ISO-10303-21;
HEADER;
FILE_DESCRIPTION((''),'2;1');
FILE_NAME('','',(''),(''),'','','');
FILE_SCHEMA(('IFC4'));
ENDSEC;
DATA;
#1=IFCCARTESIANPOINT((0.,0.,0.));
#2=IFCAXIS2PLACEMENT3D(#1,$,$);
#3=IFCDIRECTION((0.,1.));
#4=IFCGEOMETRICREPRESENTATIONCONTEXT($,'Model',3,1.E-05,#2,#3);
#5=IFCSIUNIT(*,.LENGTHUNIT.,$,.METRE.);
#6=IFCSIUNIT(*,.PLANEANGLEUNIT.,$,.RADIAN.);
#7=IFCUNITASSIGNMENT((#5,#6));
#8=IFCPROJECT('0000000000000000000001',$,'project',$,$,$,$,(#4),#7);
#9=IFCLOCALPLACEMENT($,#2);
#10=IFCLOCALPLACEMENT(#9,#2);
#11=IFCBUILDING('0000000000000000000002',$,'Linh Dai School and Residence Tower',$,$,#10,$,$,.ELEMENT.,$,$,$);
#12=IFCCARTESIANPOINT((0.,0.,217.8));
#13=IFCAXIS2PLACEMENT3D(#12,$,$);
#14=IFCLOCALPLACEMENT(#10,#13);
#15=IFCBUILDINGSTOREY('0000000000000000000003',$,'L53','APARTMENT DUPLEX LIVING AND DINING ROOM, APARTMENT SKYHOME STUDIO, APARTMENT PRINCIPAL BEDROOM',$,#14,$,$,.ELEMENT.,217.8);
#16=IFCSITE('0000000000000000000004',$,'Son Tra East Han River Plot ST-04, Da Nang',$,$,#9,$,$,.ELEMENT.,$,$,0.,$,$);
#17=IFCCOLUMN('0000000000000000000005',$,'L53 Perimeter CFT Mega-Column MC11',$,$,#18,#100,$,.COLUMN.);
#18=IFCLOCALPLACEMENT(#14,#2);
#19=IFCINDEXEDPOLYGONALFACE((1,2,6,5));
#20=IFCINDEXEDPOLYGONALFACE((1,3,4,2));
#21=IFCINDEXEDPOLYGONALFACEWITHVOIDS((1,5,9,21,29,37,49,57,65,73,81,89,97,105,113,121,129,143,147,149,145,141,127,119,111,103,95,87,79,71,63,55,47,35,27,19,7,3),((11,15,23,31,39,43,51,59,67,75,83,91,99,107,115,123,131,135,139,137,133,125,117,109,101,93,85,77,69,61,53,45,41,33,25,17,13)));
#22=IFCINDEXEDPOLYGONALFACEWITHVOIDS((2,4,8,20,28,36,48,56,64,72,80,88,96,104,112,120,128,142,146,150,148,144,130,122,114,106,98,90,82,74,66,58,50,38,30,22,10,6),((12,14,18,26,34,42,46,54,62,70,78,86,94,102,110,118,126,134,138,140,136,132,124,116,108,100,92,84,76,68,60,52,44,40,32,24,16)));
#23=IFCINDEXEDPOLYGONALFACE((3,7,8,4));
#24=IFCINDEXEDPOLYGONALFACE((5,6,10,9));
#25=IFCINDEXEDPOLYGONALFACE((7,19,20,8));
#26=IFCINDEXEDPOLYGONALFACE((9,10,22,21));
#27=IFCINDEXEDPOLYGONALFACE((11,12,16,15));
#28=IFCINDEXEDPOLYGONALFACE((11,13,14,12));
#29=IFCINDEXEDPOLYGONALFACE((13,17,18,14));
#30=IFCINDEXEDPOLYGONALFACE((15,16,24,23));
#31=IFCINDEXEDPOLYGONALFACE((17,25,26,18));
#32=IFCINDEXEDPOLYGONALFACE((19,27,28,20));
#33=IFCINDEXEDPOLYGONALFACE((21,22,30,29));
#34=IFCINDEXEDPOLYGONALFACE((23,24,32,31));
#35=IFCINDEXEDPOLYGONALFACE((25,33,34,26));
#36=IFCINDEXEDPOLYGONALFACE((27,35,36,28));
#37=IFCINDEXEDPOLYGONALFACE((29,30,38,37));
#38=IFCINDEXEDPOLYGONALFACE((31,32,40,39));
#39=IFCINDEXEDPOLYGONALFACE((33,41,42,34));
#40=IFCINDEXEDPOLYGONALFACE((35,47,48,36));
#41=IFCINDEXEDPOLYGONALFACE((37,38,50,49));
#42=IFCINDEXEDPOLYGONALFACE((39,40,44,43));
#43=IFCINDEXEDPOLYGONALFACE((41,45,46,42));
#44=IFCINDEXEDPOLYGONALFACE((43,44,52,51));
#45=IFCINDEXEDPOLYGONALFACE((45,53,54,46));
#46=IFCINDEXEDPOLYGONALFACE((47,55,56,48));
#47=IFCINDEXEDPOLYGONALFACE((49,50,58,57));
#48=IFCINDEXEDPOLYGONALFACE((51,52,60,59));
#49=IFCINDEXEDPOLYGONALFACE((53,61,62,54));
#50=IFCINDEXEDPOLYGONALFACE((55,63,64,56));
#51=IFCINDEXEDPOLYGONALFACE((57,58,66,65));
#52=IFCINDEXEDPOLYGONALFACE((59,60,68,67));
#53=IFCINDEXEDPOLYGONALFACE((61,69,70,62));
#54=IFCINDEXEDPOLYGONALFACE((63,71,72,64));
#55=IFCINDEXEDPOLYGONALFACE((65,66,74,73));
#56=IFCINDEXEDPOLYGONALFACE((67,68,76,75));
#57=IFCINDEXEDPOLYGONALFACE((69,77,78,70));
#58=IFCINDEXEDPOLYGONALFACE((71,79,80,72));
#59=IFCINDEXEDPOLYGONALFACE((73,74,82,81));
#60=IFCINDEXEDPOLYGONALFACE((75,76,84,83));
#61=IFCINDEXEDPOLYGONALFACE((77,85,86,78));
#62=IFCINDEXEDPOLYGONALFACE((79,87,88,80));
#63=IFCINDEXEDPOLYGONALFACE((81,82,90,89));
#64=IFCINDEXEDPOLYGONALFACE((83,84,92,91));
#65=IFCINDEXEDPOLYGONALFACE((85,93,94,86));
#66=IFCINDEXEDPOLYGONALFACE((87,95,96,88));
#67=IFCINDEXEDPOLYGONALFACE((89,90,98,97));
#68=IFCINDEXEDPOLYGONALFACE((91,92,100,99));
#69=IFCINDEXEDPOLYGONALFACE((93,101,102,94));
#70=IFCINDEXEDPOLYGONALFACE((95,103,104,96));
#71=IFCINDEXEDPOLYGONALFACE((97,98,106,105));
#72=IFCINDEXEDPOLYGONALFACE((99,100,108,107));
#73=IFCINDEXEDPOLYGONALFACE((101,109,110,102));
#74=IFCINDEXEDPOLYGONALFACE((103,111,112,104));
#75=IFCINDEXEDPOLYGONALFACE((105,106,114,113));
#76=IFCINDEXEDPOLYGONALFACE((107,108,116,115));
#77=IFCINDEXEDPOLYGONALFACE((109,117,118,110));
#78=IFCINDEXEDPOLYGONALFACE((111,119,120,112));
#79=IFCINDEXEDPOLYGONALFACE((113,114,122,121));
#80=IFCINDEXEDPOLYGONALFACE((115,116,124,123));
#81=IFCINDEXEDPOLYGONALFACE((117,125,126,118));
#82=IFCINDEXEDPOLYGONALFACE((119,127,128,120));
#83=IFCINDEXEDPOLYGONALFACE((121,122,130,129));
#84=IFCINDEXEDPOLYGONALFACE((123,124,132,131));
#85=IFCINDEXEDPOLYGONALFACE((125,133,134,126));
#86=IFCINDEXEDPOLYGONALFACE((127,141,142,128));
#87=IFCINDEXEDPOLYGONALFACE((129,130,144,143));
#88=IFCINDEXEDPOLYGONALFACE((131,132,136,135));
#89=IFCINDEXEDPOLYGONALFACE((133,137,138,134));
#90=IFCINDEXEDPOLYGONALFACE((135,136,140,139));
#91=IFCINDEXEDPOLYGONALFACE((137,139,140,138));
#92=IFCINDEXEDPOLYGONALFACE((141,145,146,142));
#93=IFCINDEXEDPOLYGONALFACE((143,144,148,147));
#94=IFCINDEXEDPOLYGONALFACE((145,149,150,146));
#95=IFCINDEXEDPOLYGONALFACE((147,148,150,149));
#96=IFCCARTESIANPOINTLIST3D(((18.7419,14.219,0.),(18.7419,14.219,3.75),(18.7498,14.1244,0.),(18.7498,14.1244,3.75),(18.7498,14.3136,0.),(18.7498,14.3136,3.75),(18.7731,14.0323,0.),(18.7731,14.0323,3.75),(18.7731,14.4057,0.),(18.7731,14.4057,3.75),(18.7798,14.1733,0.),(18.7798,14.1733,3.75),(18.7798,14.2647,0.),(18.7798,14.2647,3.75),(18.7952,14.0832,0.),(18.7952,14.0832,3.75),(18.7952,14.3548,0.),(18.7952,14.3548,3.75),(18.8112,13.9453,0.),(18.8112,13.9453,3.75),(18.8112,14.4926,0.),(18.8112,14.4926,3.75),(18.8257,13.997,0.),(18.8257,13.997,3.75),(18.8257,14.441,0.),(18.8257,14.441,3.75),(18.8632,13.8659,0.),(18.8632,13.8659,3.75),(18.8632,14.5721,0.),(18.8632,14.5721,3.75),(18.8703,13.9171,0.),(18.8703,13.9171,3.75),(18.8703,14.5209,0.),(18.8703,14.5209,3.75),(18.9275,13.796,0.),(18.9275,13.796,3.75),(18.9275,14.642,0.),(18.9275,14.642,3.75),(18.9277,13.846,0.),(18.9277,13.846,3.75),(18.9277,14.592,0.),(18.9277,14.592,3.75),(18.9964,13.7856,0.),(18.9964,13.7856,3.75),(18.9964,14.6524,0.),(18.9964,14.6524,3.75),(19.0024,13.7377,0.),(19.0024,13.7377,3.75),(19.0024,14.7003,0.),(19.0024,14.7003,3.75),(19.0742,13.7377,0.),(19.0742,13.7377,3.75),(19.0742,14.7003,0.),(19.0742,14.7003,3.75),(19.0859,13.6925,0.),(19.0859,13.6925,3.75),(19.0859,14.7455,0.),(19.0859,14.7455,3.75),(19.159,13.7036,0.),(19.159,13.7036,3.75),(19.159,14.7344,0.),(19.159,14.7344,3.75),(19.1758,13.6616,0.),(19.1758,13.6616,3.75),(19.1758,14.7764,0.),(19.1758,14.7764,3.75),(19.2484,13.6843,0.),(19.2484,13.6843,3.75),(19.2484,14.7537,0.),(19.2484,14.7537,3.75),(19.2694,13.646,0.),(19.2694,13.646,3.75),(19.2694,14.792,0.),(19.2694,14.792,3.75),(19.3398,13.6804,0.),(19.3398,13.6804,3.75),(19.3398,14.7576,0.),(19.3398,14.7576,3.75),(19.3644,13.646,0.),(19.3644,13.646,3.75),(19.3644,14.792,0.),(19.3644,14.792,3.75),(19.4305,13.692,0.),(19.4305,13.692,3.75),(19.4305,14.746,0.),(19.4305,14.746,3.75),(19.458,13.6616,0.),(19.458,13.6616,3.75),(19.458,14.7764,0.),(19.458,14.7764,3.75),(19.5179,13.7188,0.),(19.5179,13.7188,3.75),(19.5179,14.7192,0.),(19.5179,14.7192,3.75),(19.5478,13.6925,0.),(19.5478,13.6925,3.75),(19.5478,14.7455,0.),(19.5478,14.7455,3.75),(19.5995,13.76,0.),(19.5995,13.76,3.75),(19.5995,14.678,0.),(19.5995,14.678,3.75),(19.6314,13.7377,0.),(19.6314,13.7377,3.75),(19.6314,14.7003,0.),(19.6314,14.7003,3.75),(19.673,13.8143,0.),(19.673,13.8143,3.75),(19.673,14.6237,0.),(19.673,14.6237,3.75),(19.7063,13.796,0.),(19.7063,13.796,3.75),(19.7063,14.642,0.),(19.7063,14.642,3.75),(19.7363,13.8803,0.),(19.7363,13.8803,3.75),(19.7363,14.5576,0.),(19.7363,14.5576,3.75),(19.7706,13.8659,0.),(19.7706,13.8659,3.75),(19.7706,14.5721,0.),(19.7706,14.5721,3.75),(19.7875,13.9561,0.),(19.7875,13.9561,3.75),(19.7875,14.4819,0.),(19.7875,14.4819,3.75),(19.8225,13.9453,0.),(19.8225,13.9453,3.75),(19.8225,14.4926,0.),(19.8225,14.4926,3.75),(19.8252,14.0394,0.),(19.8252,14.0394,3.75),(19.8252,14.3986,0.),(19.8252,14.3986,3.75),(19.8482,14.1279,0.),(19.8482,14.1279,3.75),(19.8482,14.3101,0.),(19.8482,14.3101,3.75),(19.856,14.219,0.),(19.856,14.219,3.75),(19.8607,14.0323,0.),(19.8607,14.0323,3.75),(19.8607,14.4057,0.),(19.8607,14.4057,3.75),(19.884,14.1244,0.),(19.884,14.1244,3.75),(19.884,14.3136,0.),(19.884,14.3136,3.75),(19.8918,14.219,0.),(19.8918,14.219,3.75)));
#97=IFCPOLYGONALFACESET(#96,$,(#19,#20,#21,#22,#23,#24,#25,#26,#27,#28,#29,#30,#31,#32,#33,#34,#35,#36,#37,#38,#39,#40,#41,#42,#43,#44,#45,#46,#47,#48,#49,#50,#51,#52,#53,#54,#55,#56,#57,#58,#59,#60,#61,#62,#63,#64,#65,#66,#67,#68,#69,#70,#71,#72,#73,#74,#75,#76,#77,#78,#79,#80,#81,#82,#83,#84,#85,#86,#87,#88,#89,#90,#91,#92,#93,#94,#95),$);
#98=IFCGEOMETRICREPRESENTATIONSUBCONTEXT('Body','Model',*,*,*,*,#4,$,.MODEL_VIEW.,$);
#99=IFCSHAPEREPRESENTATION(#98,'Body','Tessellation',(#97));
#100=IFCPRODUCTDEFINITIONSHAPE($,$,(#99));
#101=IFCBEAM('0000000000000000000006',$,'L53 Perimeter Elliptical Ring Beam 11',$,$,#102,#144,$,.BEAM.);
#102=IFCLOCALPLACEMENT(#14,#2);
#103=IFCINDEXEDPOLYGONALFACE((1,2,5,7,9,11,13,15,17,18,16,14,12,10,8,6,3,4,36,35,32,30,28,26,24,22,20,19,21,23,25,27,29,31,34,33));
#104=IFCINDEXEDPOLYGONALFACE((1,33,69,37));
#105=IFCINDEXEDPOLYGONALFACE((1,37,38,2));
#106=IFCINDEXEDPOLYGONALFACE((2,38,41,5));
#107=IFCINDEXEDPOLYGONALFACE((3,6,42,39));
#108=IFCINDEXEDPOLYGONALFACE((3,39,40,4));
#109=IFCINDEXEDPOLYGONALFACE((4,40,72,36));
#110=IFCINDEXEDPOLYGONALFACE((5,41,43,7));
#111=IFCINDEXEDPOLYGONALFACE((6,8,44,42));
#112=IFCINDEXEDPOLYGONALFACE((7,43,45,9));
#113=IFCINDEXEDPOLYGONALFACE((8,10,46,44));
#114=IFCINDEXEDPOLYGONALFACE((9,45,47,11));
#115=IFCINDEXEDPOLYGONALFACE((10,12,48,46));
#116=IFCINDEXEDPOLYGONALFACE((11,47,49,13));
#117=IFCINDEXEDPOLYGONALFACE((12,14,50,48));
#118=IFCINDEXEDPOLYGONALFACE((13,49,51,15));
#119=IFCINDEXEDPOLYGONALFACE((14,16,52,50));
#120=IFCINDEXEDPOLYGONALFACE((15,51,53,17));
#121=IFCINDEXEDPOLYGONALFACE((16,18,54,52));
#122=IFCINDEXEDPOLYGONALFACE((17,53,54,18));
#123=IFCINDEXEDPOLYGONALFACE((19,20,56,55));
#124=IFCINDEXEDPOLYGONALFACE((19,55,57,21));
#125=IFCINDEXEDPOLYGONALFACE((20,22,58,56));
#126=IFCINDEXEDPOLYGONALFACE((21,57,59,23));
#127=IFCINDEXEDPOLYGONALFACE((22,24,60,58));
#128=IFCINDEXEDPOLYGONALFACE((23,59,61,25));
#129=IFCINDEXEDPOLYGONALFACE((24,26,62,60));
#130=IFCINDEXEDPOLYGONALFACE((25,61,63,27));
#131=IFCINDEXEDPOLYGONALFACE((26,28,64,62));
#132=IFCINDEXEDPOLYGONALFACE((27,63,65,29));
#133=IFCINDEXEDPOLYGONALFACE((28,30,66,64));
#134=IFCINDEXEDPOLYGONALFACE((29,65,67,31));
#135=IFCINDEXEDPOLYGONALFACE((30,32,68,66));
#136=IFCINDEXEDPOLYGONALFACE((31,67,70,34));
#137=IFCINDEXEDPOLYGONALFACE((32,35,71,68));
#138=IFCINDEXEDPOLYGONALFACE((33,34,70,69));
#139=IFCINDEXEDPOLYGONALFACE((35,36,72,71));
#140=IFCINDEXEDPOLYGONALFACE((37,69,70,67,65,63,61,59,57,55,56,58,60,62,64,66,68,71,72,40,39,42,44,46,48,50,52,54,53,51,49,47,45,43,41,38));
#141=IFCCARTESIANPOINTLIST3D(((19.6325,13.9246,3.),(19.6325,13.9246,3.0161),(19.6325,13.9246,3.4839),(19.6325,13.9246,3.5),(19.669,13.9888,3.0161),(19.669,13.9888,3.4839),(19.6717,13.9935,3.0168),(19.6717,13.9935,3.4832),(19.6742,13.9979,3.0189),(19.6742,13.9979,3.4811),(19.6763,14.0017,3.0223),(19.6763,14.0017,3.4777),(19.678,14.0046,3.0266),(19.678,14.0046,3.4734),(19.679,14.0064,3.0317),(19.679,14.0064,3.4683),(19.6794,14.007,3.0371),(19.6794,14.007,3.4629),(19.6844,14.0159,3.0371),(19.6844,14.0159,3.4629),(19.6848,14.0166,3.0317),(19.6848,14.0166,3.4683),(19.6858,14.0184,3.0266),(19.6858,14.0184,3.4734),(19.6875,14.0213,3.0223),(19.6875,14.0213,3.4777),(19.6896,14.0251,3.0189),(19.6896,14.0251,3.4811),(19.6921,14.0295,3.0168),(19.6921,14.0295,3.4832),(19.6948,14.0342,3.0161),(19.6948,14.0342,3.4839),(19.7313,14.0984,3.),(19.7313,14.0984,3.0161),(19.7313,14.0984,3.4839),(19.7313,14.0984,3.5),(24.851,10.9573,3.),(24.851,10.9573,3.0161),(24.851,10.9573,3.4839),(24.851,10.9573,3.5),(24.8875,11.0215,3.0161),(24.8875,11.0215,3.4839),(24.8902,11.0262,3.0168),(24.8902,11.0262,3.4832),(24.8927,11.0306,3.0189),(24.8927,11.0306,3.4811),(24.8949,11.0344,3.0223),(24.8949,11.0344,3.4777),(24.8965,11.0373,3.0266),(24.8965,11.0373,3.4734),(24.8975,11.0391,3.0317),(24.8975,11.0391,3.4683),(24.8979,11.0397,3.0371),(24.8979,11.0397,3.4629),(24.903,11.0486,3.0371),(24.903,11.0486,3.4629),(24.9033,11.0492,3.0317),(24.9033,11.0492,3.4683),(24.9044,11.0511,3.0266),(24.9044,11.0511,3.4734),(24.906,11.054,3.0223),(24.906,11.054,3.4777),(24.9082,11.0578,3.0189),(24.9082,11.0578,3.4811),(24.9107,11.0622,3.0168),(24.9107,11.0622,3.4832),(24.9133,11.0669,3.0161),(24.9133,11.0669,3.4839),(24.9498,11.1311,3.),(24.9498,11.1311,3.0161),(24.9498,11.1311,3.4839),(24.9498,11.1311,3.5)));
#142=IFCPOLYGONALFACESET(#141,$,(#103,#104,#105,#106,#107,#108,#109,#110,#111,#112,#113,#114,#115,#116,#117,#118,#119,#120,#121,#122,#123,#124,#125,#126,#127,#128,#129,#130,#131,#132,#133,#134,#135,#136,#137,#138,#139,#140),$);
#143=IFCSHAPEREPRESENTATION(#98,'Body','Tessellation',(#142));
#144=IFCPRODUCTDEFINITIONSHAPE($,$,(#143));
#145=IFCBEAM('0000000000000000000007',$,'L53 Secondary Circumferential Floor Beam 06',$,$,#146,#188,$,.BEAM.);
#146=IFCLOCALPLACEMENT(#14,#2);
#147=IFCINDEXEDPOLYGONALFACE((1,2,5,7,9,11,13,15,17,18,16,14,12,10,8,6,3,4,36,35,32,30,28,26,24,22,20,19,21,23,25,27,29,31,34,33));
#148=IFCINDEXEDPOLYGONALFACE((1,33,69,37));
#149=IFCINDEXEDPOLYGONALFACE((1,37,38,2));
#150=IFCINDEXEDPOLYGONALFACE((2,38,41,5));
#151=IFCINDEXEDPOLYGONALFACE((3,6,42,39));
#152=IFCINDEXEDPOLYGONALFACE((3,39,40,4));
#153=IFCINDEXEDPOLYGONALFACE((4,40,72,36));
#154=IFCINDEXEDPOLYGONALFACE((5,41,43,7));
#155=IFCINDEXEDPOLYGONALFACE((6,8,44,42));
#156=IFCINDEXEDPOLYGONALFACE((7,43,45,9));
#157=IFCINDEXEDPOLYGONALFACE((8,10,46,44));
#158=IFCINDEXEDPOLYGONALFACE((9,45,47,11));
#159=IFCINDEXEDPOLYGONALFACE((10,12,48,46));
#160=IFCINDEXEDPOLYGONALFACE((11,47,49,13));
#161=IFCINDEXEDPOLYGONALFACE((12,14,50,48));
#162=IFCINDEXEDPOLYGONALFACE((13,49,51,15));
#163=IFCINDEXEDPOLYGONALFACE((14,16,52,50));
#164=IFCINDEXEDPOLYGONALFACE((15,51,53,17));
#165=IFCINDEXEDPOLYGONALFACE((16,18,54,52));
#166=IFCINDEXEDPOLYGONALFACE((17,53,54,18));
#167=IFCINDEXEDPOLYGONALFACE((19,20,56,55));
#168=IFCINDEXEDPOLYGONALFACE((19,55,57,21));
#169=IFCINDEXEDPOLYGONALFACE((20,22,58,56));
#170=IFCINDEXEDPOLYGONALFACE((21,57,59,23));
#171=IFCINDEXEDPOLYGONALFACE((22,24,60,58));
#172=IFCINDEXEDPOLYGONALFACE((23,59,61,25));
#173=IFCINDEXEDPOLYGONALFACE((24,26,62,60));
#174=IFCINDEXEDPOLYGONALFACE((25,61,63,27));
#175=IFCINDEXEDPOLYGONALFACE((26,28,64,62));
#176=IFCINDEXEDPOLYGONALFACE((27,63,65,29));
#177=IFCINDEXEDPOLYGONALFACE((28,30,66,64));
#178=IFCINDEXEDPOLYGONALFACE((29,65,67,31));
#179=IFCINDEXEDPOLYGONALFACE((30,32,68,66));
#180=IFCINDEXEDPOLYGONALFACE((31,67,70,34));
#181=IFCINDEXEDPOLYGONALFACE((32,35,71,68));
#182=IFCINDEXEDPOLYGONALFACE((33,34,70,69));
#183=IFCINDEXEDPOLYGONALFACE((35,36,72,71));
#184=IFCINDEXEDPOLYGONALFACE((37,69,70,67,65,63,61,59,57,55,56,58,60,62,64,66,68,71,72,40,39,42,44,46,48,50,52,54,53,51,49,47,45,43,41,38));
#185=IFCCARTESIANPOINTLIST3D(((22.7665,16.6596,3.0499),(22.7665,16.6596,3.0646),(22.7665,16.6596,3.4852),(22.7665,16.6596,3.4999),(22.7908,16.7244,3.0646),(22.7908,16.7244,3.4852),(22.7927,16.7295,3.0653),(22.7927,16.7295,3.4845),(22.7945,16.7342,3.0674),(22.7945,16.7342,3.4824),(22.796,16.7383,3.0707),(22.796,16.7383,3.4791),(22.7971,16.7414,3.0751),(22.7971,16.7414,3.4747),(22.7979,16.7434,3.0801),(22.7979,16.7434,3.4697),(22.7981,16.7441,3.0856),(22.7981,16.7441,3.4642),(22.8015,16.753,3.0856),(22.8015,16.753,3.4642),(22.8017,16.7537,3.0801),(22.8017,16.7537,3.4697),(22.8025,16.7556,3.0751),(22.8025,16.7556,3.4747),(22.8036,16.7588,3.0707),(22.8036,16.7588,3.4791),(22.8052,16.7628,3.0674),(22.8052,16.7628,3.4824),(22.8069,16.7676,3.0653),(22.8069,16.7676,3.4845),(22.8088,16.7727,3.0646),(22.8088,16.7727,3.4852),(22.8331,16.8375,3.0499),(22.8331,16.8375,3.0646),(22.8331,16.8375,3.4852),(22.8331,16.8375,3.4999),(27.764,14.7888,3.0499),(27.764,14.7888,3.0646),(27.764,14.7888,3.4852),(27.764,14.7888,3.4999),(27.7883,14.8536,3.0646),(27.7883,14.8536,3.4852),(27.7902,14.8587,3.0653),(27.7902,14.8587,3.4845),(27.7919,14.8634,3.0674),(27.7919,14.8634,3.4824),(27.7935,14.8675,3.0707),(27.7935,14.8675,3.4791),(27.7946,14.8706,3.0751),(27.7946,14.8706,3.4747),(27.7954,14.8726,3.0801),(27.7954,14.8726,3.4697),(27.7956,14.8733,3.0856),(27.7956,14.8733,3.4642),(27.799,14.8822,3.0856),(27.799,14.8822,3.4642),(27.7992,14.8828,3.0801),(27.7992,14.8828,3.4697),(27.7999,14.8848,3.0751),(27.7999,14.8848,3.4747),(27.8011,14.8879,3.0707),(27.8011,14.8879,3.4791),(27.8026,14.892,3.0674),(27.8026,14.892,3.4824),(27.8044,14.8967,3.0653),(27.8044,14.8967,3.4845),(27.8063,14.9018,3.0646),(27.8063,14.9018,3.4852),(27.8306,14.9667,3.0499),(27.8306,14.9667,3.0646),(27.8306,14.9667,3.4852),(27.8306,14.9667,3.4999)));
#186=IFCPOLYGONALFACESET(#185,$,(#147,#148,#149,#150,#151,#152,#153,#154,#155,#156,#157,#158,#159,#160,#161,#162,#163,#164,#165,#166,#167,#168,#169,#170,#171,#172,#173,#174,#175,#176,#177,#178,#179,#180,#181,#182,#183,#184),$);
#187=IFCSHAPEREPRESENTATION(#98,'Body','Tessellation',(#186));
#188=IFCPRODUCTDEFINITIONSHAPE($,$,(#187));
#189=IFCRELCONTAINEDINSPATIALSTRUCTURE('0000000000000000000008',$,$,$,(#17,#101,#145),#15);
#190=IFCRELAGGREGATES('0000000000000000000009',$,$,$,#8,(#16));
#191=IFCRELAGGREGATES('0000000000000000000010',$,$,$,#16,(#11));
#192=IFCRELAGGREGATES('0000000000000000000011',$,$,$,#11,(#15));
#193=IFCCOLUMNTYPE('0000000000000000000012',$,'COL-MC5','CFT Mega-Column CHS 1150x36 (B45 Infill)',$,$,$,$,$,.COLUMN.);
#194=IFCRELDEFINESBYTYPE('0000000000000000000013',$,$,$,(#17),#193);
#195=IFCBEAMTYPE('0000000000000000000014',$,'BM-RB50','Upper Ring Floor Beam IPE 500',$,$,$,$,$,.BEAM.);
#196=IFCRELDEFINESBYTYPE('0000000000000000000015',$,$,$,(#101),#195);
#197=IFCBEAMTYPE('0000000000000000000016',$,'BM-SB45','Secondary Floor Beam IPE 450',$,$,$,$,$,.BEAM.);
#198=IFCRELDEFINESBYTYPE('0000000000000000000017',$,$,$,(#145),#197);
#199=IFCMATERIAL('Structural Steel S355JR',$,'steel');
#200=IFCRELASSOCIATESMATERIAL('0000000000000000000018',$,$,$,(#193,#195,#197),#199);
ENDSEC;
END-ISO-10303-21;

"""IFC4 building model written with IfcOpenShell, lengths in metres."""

from ifc_helpers import new_model, si_unit, direction, frame, origin, origin_2d, place, context, subcontext, project, spatial, hollow_circle, i_section, extrude, material, material_profile, profile_set, type_object, element, save


model = new_model("IFC4")

# Units and contexts
model_context = context("Model", 3, precision=1e-05, world=origin(), true_north=direction((0.0, 1.0)))
body_context = subcontext(model_context, "Body", "Model", "MODEL_VIEW")
ifc_project = project(units=[si_unit("LENGTHUNIT", "METRE"), si_unit("PLANEANGLEUNIT", "RADIAN")], contexts=[model_context])

# Site, building, storey
site_placement = place(None, origin())
site = spatial("IfcSite", under=ifc_project, at=site_placement, Name="Son Tra East Han River Plot ST-04, Da Nang", CompositionType="ELEMENT", RefElevation=0.0)
building_placement = place(site_placement, origin())
building = spatial("IfcBuilding", under=site, at=building_placement, Name="Linh Dai School and Residence Tower", CompositionType="ELEMENT")
storey_placement = place(building_placement, frame((0.0, 0.0, 217.8)))
storey = spatial("IfcBuildingStorey", under=building, at=storey_placement, Name="L53", Description="APARTMENT DUPLEX LIVING AND DINING ROOM, APARTMENT SKYHOME STUDIO, APARTMENT PRINCIPAL BEDROOM", CompositionType="ELEMENT", Elevation=217.8)

# Column
ifc_material_1 = material(Name="Structural Steel S355JR", Category="steel")
ifc_material_profile_1 = material_profile(ifc_material_1, hollow_circle(Radius=0.575, WallThickness=0.0359, at=origin_2d()), Name="CHS 1150x36")
ifc_profile_set_1 = profile_set([ifc_material_profile_1], Name="Structural Steel S355JR")
column_type = type_object("IfcColumnType", Name="COL-MC5", Description="CFT Mega-Column CHS 1150x36 (B45 Infill)", PredefinedType="COLUMN", material=ifc_profile_set_1)
column_placement = place(storey_placement, frame((19.3169, 14.219, 0.0), z_axis=(0.0, 0.0, 1.0), x_axis=(1.0, 0.0, 0.0)))
element("IfcColumn", 1, at=column_placement, inside=storey, type_object=column_type, Name="L53 Perimeter CFT Mega-Column MC11", PredefinedType="COLUMN", context=body_context, shape_type="SweptSolid", body=[
    extrude(hollow_circle(Radius=0.575, WallThickness=0.0359, at=origin_2d()), origin(), (0.0, 0.0, 1.0), 3.75),
])

# Beams
ifc_material_profile_2 = material_profile(ifc_material_1, i_section(OverallWidth=0.2, OverallDepth=0.5, WebThickness=0.0103, FlangeThickness=0.0161, FilletRadius=0.021, at=origin_2d()), Name="IPE 500")
ifc_profile_set_2 = profile_set([ifc_material_profile_2], Name="Structural Steel S355JR")
beam_type_1 = type_object("IfcBeamType", Name="BM-RB50", Description="Upper Ring Floor Beam IPE 500", PredefinedType="BEAM", material=ifc_profile_set_2)
beam_1_placement = place(storey_placement, frame((19.6819, 14.0115, 3.25), z_axis=(0.869297, -0.49429, 0.0), x_axis=(0.49429, 0.869297, 0.0)))
element("IfcBeam", 2, at=beam_1_placement, inside=storey, type_object=beam_type_1, Name="L53 Perimeter Elliptical Ring Beam 11", PredefinedType="BEAM", context=body_context, shape_type="SweptSolid", body=[
    extrude(i_section(OverallWidth=0.2, OverallDepth=0.5, WebThickness=0.0103, FlangeThickness=0.0161, FilletRadius=0.021, at=origin_2d()), origin(), (0.0, 0.0, 1.0), 6.0032),
])
ifc_material_profile_3 = material_profile(ifc_material_1, i_section(OverallWidth=0.1899, OverallDepth=0.45, WebThickness=0.0095, FlangeThickness=0.0146, FilletRadius=0.021, at=origin_2d()), Name="IPE 450")
ifc_profile_set_3 = profile_set([ifc_material_profile_3], Name="Structural Steel S355JR")
beam_type_2 = type_object("IfcBeamType", Name="BM-SB45", Description="Secondary Floor Beam IPE 450", PredefinedType="BEAM", material=ifc_profile_set_3)
beam_2_placement = place(storey_placement, frame((22.7998, 16.7485, 3.2749), z_axis=(0.936528, -0.350592, 0.0), x_axis=(0.350592, 0.936528, 0.0)))
element("IfcBeam", 3, at=beam_2_placement, inside=storey, type_object=beam_type_2, Name="L53 Secondary Circumferential Floor Beam 06", PredefinedType="BEAM", context=body_context, shape_type="SweptSolid", body=[
    extrude(i_section(OverallWidth=0.1899, OverallDepth=0.45, WebThickness=0.0095, FlangeThickness=0.0146, FilletRadius=0.021, at=origin_2d()), origin(), (0.0, 0.0, 1.0), 5.3362),
])

save(model, "model.ifc")
